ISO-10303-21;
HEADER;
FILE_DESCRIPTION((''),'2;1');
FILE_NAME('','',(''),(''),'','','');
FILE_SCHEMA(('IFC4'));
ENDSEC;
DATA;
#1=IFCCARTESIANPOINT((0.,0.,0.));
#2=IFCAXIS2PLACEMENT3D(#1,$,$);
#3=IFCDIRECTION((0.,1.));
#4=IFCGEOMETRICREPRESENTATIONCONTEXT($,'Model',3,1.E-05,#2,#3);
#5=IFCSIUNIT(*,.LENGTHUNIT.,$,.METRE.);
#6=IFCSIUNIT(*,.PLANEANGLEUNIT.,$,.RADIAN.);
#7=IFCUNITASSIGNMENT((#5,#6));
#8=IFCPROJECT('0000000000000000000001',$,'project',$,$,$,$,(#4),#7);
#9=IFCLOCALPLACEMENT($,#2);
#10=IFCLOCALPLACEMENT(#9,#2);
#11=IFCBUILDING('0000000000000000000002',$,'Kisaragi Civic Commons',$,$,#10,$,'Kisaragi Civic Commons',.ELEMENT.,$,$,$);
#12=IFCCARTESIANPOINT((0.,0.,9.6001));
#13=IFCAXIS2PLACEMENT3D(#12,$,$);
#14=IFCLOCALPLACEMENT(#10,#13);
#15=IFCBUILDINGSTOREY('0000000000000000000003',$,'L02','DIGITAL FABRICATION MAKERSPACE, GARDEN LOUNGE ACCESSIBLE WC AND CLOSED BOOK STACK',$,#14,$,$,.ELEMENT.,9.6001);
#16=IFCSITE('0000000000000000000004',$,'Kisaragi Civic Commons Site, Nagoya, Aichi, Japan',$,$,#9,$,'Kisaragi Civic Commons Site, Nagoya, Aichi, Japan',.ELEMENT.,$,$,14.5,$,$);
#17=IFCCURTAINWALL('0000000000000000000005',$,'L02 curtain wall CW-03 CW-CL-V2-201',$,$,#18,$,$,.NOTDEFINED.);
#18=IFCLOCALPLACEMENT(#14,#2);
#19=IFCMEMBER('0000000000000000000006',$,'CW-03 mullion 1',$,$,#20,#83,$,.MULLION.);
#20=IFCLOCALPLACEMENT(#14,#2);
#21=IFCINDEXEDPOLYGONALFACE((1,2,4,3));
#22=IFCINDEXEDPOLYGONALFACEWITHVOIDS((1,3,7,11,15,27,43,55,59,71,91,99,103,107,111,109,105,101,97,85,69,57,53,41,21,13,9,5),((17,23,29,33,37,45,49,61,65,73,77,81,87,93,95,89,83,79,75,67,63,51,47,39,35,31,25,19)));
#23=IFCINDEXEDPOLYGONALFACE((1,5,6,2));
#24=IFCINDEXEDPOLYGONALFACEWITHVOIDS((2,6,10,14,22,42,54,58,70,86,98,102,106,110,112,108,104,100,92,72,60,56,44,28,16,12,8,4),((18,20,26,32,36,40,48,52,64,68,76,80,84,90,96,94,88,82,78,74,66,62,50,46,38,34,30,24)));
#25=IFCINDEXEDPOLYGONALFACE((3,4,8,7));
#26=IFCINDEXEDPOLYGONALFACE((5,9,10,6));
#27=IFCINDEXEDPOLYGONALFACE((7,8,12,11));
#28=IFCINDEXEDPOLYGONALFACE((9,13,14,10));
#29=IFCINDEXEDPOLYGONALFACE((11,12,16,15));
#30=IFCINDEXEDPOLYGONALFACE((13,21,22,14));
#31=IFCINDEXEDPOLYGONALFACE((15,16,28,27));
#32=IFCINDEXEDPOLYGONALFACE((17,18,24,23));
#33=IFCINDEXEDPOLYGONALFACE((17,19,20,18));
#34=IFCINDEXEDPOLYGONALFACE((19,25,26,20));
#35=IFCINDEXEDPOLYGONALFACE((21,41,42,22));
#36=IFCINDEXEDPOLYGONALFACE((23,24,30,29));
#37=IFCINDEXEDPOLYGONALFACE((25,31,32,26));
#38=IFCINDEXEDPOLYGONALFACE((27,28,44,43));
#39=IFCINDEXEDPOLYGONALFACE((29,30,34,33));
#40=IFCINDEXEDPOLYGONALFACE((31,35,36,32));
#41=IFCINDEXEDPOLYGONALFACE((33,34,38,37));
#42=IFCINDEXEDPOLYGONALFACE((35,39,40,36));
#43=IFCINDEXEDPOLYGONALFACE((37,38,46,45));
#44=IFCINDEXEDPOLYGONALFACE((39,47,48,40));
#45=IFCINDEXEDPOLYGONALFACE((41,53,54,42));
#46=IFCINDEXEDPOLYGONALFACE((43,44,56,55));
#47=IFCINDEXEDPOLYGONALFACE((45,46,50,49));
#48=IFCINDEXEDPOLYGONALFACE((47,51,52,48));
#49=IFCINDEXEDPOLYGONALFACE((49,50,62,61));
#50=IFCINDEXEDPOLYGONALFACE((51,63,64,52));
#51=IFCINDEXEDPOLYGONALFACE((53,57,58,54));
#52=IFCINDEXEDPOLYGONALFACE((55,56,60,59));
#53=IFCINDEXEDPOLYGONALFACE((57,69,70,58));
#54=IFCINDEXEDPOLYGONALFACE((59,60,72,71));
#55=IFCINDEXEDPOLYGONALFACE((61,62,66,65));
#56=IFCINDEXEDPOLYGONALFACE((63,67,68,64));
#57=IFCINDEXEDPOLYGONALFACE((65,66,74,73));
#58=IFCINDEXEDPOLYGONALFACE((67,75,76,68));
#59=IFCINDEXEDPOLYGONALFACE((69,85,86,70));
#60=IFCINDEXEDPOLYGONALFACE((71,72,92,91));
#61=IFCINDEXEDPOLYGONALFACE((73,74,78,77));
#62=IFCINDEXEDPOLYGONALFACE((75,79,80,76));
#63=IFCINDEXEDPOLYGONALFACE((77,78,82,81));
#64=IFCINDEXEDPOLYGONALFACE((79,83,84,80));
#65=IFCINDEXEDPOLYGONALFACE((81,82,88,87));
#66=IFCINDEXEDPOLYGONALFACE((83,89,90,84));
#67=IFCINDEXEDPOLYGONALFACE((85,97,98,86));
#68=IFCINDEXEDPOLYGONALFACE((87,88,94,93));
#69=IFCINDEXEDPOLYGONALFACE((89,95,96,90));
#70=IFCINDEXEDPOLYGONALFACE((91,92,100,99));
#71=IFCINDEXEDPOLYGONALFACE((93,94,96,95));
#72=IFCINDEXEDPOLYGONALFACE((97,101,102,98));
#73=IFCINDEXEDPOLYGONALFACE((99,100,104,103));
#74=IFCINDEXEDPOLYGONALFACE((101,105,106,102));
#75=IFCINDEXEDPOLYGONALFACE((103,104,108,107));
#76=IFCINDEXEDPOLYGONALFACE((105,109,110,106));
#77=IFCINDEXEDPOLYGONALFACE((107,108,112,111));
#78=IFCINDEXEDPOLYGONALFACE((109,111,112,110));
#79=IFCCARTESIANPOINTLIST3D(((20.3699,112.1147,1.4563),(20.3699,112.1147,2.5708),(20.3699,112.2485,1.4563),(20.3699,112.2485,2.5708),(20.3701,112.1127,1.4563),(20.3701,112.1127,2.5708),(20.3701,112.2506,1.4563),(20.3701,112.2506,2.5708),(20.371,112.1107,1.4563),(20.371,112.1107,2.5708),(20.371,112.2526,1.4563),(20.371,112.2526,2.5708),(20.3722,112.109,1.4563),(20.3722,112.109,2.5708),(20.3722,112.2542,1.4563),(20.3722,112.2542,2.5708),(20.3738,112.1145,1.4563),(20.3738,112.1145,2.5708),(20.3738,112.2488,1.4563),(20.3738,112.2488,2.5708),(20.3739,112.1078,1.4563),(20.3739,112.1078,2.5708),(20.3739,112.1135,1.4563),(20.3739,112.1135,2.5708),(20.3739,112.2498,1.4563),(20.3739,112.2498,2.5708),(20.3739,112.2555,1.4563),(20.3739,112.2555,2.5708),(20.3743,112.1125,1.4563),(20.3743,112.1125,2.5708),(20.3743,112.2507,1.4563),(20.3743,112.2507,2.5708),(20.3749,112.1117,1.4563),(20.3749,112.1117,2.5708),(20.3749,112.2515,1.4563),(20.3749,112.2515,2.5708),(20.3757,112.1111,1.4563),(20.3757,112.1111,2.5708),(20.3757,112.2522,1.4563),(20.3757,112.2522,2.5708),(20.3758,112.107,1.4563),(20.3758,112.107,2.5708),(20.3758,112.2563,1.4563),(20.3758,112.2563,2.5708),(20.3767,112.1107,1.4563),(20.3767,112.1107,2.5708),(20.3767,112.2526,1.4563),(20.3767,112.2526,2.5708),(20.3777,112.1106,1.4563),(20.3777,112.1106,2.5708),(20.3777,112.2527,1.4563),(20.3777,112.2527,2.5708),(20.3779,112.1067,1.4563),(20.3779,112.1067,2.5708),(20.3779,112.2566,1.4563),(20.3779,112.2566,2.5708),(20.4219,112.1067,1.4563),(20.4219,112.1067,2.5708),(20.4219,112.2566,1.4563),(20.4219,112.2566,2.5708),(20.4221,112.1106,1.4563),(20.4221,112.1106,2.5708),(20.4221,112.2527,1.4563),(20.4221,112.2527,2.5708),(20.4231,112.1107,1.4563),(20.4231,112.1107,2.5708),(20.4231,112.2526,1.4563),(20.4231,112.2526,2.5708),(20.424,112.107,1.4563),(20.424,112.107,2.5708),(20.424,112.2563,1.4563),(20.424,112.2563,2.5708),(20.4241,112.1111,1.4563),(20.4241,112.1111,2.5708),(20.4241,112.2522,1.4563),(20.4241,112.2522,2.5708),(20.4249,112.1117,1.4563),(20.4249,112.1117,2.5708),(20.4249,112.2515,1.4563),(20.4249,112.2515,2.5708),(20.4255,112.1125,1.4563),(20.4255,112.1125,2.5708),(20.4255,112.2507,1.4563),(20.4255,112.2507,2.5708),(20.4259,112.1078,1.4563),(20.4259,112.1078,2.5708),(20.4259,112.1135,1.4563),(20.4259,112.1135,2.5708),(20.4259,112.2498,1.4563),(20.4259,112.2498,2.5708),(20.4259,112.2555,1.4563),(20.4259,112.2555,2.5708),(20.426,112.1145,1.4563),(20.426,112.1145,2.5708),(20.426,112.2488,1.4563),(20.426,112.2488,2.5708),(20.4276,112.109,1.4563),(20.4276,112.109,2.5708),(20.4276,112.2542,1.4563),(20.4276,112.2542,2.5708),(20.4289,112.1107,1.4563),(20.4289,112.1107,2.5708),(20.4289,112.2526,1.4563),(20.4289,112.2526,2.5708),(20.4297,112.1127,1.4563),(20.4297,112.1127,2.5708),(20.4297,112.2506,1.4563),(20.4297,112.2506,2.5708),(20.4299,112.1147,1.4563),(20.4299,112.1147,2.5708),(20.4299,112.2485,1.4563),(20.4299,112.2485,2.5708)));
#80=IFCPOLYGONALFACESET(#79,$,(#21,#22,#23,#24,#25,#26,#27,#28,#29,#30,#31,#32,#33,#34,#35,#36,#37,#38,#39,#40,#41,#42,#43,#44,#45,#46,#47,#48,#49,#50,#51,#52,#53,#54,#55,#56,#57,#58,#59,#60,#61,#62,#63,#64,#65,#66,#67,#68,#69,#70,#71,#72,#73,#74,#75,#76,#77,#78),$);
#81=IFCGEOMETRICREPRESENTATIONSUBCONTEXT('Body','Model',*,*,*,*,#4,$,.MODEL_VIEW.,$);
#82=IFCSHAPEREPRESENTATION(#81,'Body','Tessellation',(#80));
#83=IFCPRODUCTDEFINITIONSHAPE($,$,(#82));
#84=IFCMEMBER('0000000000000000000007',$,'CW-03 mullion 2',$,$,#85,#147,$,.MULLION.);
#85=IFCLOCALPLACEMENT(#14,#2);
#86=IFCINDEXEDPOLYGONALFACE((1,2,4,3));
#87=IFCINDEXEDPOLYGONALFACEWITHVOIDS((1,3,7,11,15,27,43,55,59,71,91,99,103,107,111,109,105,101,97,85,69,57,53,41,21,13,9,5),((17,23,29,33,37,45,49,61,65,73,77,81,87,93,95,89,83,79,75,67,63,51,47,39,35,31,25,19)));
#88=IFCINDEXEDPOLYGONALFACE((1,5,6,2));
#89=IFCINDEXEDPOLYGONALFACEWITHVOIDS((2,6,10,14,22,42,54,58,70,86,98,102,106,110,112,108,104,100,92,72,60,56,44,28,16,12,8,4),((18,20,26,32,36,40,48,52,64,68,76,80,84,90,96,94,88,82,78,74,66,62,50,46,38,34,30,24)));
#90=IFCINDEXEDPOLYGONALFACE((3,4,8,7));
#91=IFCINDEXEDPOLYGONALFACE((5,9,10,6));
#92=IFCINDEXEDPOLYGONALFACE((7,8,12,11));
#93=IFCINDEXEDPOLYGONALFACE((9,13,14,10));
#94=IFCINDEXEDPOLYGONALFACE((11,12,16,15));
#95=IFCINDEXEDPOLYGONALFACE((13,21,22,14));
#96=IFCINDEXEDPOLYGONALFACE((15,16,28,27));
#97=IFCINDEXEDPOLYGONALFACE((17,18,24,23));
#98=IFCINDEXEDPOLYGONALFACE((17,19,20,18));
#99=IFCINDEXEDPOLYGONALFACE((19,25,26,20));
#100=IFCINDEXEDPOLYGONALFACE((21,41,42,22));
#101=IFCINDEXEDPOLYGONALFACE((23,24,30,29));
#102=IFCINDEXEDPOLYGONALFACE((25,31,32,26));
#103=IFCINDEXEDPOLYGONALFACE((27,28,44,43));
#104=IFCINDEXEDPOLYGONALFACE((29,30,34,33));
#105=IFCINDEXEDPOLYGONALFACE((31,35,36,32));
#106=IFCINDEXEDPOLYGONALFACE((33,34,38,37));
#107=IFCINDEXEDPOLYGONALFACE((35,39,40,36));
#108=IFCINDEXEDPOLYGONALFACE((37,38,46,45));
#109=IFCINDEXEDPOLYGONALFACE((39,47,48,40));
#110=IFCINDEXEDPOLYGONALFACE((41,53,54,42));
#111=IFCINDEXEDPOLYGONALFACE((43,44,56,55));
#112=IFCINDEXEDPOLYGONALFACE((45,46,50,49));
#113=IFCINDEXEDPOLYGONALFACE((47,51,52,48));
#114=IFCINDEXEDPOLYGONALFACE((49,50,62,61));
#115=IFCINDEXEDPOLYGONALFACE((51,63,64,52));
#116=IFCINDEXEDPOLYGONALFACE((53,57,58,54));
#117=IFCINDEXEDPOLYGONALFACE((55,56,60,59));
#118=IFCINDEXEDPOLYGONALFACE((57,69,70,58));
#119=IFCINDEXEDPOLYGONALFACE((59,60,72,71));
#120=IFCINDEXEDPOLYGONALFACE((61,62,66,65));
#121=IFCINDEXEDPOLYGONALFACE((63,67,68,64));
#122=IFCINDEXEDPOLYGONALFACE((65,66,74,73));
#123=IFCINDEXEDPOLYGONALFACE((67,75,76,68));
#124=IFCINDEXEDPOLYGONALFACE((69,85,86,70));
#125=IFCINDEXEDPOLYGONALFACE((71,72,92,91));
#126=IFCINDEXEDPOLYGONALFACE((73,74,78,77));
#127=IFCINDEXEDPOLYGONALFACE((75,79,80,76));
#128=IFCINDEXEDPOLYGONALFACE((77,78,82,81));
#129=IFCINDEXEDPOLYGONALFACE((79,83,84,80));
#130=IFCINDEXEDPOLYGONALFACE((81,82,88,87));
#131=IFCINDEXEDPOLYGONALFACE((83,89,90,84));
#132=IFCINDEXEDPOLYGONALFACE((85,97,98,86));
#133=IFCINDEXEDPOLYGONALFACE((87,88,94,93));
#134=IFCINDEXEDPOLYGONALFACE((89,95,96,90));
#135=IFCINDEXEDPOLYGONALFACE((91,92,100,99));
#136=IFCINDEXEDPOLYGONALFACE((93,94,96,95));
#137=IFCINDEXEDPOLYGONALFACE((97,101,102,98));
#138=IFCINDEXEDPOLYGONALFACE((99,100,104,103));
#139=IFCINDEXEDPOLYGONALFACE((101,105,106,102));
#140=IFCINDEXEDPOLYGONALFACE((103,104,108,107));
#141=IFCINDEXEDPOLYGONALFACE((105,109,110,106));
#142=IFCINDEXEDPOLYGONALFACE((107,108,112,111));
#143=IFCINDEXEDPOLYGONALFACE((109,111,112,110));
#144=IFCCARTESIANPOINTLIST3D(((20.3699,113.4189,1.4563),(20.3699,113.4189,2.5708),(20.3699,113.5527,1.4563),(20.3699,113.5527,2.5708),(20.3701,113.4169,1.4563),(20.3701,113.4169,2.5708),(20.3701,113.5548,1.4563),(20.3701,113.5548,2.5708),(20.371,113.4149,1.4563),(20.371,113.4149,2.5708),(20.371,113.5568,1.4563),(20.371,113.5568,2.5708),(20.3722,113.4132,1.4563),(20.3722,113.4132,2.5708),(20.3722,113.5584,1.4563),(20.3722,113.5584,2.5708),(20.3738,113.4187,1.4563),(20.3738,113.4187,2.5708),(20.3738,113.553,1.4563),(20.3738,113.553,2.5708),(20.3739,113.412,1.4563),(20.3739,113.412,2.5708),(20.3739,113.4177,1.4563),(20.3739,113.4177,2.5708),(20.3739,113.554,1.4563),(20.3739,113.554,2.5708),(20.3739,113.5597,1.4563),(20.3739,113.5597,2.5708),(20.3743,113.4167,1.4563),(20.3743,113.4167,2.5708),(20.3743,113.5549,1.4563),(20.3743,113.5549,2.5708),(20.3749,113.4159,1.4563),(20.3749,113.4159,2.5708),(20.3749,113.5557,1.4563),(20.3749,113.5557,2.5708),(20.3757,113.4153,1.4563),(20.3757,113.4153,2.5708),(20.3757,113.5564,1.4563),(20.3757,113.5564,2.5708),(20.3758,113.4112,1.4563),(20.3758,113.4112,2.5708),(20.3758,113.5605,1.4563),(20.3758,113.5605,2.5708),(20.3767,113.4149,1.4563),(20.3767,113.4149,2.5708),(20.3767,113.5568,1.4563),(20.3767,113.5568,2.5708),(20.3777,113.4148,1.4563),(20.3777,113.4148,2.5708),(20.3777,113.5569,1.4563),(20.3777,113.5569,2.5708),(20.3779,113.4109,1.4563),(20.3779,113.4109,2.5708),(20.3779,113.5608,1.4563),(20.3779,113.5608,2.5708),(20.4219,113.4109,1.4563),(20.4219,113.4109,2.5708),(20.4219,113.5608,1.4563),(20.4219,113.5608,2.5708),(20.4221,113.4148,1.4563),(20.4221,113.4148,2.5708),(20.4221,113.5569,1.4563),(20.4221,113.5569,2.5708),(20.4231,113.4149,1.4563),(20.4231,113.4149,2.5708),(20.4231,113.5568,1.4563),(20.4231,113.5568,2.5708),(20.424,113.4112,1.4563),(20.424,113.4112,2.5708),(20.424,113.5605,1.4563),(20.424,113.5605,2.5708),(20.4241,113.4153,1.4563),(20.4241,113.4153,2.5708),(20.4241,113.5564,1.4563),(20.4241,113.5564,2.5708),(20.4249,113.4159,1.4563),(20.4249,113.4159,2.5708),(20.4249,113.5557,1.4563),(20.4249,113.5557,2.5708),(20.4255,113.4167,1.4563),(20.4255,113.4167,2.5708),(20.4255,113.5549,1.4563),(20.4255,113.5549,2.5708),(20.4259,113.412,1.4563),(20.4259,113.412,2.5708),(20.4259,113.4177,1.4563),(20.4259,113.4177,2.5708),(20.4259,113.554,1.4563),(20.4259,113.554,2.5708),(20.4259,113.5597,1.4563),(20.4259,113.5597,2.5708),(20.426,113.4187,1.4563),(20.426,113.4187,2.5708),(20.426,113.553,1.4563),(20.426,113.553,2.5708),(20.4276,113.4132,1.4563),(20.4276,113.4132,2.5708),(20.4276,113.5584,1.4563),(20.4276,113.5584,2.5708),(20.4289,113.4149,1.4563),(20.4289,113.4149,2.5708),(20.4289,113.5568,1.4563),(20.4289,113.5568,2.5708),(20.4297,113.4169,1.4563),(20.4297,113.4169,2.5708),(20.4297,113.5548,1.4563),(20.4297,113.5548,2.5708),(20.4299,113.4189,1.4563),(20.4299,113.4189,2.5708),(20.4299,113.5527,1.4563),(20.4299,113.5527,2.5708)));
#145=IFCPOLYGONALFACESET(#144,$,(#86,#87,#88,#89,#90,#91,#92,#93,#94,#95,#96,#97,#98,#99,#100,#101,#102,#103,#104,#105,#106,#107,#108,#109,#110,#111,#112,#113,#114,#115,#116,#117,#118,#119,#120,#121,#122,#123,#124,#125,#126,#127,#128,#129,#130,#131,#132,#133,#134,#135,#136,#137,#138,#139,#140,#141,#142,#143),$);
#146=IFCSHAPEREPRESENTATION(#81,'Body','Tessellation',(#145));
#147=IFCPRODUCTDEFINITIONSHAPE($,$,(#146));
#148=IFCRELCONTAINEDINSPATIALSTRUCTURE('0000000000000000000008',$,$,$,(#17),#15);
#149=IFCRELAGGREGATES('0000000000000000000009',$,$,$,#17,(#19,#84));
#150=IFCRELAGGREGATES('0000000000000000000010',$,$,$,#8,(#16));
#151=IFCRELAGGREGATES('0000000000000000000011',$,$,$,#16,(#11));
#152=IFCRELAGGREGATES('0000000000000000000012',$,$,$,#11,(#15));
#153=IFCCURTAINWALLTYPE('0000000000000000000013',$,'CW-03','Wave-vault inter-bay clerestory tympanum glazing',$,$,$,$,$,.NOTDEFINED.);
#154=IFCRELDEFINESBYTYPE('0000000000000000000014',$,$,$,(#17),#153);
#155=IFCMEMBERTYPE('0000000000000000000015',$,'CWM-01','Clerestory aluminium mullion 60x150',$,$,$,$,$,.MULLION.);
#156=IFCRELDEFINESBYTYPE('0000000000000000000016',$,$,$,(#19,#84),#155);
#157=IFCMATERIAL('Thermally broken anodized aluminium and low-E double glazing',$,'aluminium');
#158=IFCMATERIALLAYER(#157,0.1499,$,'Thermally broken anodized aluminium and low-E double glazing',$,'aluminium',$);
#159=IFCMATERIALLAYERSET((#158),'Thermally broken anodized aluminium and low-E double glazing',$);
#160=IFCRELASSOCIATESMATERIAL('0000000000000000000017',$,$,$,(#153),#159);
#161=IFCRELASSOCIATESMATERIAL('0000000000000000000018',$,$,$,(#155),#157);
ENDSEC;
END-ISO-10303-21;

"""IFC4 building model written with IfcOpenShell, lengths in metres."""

from ifc_helpers import new_model, si_unit, direction, frame, origin, origin_2d, place, context, subcontext, project, spatial, hollow_rectangle, extrude, material, layer, layer_set, material_profile, profile_set, type_object, element, aggregate, save


model = new_model("IFC4")

# Units and contexts
model_context = context("Model", 3, precision=1e-05, world=origin(), true_north=direction((0.0, 1.0)))
body_context = subcontext(model_context, "Body", "Model", "MODEL_VIEW")
ifc_project = project(units=[si_unit("LENGTHUNIT", "METRE"), si_unit("PLANEANGLEUNIT", "RADIAN")], contexts=[model_context])

# Site, building, storey
site_placement = place(None, origin())
site = spatial("IfcSite", under=ifc_project, at=site_placement, Name="Kisaragi Civic Commons Site, Nagoya, Aichi, Japan", LongName="Kisaragi Civic Commons Site, Nagoya, Aichi, Japan", CompositionType="ELEMENT", RefElevation=14.5)
building_placement = place(site_placement, origin())
building = spatial("IfcBuilding", under=site, at=building_placement, Name="Kisaragi Civic Commons", LongName="Kisaragi Civic Commons", CompositionType="ELEMENT")
storey_placement = place(building_placement, frame((0.0, 0.0, 9.6001)))
storey = spatial("IfcBuildingStorey", under=building, at=storey_placement, Name="L02", Description="DIGITAL FABRICATION MAKERSPACE, GARDEN LOUNGE ACCESSIBLE WC AND CLOSED BOOK STACK", CompositionType="ELEMENT", Elevation=9.6001)

# Curtain wall, members
ifc_material_1 = material(Name="Thermally broken anodized aluminium and low-E double glazing", Category="aluminium")
ifc_layer_1 = layer(ifc_material_1, 0.1499, Name="Thermally broken anodized aluminium and low-E double glazing", Category="aluminium")
ifc_layer_set_1 = layer_set([ifc_layer_1], Name="Thermally broken anodized aluminium and low-E double glazing")
curtain_wall_type = type_object("IfcCurtainWallType", Name="CW-03", Description="Wave-vault inter-bay clerestory tympanum glazing", PredefinedType="NOTDEFINED", material=ifc_layer_set_1)
curtain_wall_placement = place(storey_placement, origin())
curtain_wall = element("IfcCurtainWall", 1, at=curtain_wall_placement, inside=storey, type_object=curtain_wall_type, Name="L02 curtain wall CW-03 CW-CL-V2-201", PredefinedType="NOTDEFINED")
ifc_material_profile_1 = material_profile(ifc_material_1, hollow_rectangle(XDim=0.0601, YDim=0.1499, WallThickness=0.0039, InnerFilletRadius=0.0039, OuterFilletRadius=0.0081, at=origin_2d()), Name="CWM-60x150x4", Category="aluminium")
ifc_profile_set_1 = profile_set([ifc_material_profile_1], Name="Thermally broken anodized aluminium and low-E double glazing")
member_type_1 = type_object("IfcMemberType", Name="CWM-01", Description="Clerestory aluminium mullion 60x150", PredefinedType="MULLION", material=ifc_profile_set_1)
member_1_placement = place(storey_placement, frame((20.3999, 112.1816, 1.4563), z_axis=(0.0, 0.0, 1.0), x_axis=(-1.0, 0.0, 0.0)))
member_1 = element("IfcMember", 2, at=member_1_placement, type_object=member_type_1, Name="CW-03 mullion 1", PredefinedType="MULLION", context=body_context, shape_type="SweptSolid", body=[
    extrude(hollow_rectangle(XDim=0.0601, YDim=0.1499, WallThickness=0.0039, InnerFilletRadius=0.0039, OuterFilletRadius=0.0081, at=origin_2d()), origin(), (0.0, 0.0, 1.0), 1.1145),
])
member_2_placement = place(storey_placement, frame((20.3999, 113.4858, 1.4563), z_axis=(0.0, 0.0, 1.0), x_axis=(-1.0, 0.0, 0.0)))
member_2 = element("IfcMember", 3, at=member_2_placement, type_object=member_type_1, Name="CW-03 mullion 2", PredefinedType="MULLION", context=body_context, shape_type="SweptSolid", body=[
    extrude(hollow_rectangle(XDim=0.0601, YDim=0.1499, WallThickness=0.0039, InnerFilletRadius=0.0039, OuterFilletRadius=0.0081, at=origin_2d()), origin(), (0.0, 0.0, 1.0), 1.1145),
])

aggregate(curtain_wall, [member_1, member_2])

save(model, "model.ifc")
